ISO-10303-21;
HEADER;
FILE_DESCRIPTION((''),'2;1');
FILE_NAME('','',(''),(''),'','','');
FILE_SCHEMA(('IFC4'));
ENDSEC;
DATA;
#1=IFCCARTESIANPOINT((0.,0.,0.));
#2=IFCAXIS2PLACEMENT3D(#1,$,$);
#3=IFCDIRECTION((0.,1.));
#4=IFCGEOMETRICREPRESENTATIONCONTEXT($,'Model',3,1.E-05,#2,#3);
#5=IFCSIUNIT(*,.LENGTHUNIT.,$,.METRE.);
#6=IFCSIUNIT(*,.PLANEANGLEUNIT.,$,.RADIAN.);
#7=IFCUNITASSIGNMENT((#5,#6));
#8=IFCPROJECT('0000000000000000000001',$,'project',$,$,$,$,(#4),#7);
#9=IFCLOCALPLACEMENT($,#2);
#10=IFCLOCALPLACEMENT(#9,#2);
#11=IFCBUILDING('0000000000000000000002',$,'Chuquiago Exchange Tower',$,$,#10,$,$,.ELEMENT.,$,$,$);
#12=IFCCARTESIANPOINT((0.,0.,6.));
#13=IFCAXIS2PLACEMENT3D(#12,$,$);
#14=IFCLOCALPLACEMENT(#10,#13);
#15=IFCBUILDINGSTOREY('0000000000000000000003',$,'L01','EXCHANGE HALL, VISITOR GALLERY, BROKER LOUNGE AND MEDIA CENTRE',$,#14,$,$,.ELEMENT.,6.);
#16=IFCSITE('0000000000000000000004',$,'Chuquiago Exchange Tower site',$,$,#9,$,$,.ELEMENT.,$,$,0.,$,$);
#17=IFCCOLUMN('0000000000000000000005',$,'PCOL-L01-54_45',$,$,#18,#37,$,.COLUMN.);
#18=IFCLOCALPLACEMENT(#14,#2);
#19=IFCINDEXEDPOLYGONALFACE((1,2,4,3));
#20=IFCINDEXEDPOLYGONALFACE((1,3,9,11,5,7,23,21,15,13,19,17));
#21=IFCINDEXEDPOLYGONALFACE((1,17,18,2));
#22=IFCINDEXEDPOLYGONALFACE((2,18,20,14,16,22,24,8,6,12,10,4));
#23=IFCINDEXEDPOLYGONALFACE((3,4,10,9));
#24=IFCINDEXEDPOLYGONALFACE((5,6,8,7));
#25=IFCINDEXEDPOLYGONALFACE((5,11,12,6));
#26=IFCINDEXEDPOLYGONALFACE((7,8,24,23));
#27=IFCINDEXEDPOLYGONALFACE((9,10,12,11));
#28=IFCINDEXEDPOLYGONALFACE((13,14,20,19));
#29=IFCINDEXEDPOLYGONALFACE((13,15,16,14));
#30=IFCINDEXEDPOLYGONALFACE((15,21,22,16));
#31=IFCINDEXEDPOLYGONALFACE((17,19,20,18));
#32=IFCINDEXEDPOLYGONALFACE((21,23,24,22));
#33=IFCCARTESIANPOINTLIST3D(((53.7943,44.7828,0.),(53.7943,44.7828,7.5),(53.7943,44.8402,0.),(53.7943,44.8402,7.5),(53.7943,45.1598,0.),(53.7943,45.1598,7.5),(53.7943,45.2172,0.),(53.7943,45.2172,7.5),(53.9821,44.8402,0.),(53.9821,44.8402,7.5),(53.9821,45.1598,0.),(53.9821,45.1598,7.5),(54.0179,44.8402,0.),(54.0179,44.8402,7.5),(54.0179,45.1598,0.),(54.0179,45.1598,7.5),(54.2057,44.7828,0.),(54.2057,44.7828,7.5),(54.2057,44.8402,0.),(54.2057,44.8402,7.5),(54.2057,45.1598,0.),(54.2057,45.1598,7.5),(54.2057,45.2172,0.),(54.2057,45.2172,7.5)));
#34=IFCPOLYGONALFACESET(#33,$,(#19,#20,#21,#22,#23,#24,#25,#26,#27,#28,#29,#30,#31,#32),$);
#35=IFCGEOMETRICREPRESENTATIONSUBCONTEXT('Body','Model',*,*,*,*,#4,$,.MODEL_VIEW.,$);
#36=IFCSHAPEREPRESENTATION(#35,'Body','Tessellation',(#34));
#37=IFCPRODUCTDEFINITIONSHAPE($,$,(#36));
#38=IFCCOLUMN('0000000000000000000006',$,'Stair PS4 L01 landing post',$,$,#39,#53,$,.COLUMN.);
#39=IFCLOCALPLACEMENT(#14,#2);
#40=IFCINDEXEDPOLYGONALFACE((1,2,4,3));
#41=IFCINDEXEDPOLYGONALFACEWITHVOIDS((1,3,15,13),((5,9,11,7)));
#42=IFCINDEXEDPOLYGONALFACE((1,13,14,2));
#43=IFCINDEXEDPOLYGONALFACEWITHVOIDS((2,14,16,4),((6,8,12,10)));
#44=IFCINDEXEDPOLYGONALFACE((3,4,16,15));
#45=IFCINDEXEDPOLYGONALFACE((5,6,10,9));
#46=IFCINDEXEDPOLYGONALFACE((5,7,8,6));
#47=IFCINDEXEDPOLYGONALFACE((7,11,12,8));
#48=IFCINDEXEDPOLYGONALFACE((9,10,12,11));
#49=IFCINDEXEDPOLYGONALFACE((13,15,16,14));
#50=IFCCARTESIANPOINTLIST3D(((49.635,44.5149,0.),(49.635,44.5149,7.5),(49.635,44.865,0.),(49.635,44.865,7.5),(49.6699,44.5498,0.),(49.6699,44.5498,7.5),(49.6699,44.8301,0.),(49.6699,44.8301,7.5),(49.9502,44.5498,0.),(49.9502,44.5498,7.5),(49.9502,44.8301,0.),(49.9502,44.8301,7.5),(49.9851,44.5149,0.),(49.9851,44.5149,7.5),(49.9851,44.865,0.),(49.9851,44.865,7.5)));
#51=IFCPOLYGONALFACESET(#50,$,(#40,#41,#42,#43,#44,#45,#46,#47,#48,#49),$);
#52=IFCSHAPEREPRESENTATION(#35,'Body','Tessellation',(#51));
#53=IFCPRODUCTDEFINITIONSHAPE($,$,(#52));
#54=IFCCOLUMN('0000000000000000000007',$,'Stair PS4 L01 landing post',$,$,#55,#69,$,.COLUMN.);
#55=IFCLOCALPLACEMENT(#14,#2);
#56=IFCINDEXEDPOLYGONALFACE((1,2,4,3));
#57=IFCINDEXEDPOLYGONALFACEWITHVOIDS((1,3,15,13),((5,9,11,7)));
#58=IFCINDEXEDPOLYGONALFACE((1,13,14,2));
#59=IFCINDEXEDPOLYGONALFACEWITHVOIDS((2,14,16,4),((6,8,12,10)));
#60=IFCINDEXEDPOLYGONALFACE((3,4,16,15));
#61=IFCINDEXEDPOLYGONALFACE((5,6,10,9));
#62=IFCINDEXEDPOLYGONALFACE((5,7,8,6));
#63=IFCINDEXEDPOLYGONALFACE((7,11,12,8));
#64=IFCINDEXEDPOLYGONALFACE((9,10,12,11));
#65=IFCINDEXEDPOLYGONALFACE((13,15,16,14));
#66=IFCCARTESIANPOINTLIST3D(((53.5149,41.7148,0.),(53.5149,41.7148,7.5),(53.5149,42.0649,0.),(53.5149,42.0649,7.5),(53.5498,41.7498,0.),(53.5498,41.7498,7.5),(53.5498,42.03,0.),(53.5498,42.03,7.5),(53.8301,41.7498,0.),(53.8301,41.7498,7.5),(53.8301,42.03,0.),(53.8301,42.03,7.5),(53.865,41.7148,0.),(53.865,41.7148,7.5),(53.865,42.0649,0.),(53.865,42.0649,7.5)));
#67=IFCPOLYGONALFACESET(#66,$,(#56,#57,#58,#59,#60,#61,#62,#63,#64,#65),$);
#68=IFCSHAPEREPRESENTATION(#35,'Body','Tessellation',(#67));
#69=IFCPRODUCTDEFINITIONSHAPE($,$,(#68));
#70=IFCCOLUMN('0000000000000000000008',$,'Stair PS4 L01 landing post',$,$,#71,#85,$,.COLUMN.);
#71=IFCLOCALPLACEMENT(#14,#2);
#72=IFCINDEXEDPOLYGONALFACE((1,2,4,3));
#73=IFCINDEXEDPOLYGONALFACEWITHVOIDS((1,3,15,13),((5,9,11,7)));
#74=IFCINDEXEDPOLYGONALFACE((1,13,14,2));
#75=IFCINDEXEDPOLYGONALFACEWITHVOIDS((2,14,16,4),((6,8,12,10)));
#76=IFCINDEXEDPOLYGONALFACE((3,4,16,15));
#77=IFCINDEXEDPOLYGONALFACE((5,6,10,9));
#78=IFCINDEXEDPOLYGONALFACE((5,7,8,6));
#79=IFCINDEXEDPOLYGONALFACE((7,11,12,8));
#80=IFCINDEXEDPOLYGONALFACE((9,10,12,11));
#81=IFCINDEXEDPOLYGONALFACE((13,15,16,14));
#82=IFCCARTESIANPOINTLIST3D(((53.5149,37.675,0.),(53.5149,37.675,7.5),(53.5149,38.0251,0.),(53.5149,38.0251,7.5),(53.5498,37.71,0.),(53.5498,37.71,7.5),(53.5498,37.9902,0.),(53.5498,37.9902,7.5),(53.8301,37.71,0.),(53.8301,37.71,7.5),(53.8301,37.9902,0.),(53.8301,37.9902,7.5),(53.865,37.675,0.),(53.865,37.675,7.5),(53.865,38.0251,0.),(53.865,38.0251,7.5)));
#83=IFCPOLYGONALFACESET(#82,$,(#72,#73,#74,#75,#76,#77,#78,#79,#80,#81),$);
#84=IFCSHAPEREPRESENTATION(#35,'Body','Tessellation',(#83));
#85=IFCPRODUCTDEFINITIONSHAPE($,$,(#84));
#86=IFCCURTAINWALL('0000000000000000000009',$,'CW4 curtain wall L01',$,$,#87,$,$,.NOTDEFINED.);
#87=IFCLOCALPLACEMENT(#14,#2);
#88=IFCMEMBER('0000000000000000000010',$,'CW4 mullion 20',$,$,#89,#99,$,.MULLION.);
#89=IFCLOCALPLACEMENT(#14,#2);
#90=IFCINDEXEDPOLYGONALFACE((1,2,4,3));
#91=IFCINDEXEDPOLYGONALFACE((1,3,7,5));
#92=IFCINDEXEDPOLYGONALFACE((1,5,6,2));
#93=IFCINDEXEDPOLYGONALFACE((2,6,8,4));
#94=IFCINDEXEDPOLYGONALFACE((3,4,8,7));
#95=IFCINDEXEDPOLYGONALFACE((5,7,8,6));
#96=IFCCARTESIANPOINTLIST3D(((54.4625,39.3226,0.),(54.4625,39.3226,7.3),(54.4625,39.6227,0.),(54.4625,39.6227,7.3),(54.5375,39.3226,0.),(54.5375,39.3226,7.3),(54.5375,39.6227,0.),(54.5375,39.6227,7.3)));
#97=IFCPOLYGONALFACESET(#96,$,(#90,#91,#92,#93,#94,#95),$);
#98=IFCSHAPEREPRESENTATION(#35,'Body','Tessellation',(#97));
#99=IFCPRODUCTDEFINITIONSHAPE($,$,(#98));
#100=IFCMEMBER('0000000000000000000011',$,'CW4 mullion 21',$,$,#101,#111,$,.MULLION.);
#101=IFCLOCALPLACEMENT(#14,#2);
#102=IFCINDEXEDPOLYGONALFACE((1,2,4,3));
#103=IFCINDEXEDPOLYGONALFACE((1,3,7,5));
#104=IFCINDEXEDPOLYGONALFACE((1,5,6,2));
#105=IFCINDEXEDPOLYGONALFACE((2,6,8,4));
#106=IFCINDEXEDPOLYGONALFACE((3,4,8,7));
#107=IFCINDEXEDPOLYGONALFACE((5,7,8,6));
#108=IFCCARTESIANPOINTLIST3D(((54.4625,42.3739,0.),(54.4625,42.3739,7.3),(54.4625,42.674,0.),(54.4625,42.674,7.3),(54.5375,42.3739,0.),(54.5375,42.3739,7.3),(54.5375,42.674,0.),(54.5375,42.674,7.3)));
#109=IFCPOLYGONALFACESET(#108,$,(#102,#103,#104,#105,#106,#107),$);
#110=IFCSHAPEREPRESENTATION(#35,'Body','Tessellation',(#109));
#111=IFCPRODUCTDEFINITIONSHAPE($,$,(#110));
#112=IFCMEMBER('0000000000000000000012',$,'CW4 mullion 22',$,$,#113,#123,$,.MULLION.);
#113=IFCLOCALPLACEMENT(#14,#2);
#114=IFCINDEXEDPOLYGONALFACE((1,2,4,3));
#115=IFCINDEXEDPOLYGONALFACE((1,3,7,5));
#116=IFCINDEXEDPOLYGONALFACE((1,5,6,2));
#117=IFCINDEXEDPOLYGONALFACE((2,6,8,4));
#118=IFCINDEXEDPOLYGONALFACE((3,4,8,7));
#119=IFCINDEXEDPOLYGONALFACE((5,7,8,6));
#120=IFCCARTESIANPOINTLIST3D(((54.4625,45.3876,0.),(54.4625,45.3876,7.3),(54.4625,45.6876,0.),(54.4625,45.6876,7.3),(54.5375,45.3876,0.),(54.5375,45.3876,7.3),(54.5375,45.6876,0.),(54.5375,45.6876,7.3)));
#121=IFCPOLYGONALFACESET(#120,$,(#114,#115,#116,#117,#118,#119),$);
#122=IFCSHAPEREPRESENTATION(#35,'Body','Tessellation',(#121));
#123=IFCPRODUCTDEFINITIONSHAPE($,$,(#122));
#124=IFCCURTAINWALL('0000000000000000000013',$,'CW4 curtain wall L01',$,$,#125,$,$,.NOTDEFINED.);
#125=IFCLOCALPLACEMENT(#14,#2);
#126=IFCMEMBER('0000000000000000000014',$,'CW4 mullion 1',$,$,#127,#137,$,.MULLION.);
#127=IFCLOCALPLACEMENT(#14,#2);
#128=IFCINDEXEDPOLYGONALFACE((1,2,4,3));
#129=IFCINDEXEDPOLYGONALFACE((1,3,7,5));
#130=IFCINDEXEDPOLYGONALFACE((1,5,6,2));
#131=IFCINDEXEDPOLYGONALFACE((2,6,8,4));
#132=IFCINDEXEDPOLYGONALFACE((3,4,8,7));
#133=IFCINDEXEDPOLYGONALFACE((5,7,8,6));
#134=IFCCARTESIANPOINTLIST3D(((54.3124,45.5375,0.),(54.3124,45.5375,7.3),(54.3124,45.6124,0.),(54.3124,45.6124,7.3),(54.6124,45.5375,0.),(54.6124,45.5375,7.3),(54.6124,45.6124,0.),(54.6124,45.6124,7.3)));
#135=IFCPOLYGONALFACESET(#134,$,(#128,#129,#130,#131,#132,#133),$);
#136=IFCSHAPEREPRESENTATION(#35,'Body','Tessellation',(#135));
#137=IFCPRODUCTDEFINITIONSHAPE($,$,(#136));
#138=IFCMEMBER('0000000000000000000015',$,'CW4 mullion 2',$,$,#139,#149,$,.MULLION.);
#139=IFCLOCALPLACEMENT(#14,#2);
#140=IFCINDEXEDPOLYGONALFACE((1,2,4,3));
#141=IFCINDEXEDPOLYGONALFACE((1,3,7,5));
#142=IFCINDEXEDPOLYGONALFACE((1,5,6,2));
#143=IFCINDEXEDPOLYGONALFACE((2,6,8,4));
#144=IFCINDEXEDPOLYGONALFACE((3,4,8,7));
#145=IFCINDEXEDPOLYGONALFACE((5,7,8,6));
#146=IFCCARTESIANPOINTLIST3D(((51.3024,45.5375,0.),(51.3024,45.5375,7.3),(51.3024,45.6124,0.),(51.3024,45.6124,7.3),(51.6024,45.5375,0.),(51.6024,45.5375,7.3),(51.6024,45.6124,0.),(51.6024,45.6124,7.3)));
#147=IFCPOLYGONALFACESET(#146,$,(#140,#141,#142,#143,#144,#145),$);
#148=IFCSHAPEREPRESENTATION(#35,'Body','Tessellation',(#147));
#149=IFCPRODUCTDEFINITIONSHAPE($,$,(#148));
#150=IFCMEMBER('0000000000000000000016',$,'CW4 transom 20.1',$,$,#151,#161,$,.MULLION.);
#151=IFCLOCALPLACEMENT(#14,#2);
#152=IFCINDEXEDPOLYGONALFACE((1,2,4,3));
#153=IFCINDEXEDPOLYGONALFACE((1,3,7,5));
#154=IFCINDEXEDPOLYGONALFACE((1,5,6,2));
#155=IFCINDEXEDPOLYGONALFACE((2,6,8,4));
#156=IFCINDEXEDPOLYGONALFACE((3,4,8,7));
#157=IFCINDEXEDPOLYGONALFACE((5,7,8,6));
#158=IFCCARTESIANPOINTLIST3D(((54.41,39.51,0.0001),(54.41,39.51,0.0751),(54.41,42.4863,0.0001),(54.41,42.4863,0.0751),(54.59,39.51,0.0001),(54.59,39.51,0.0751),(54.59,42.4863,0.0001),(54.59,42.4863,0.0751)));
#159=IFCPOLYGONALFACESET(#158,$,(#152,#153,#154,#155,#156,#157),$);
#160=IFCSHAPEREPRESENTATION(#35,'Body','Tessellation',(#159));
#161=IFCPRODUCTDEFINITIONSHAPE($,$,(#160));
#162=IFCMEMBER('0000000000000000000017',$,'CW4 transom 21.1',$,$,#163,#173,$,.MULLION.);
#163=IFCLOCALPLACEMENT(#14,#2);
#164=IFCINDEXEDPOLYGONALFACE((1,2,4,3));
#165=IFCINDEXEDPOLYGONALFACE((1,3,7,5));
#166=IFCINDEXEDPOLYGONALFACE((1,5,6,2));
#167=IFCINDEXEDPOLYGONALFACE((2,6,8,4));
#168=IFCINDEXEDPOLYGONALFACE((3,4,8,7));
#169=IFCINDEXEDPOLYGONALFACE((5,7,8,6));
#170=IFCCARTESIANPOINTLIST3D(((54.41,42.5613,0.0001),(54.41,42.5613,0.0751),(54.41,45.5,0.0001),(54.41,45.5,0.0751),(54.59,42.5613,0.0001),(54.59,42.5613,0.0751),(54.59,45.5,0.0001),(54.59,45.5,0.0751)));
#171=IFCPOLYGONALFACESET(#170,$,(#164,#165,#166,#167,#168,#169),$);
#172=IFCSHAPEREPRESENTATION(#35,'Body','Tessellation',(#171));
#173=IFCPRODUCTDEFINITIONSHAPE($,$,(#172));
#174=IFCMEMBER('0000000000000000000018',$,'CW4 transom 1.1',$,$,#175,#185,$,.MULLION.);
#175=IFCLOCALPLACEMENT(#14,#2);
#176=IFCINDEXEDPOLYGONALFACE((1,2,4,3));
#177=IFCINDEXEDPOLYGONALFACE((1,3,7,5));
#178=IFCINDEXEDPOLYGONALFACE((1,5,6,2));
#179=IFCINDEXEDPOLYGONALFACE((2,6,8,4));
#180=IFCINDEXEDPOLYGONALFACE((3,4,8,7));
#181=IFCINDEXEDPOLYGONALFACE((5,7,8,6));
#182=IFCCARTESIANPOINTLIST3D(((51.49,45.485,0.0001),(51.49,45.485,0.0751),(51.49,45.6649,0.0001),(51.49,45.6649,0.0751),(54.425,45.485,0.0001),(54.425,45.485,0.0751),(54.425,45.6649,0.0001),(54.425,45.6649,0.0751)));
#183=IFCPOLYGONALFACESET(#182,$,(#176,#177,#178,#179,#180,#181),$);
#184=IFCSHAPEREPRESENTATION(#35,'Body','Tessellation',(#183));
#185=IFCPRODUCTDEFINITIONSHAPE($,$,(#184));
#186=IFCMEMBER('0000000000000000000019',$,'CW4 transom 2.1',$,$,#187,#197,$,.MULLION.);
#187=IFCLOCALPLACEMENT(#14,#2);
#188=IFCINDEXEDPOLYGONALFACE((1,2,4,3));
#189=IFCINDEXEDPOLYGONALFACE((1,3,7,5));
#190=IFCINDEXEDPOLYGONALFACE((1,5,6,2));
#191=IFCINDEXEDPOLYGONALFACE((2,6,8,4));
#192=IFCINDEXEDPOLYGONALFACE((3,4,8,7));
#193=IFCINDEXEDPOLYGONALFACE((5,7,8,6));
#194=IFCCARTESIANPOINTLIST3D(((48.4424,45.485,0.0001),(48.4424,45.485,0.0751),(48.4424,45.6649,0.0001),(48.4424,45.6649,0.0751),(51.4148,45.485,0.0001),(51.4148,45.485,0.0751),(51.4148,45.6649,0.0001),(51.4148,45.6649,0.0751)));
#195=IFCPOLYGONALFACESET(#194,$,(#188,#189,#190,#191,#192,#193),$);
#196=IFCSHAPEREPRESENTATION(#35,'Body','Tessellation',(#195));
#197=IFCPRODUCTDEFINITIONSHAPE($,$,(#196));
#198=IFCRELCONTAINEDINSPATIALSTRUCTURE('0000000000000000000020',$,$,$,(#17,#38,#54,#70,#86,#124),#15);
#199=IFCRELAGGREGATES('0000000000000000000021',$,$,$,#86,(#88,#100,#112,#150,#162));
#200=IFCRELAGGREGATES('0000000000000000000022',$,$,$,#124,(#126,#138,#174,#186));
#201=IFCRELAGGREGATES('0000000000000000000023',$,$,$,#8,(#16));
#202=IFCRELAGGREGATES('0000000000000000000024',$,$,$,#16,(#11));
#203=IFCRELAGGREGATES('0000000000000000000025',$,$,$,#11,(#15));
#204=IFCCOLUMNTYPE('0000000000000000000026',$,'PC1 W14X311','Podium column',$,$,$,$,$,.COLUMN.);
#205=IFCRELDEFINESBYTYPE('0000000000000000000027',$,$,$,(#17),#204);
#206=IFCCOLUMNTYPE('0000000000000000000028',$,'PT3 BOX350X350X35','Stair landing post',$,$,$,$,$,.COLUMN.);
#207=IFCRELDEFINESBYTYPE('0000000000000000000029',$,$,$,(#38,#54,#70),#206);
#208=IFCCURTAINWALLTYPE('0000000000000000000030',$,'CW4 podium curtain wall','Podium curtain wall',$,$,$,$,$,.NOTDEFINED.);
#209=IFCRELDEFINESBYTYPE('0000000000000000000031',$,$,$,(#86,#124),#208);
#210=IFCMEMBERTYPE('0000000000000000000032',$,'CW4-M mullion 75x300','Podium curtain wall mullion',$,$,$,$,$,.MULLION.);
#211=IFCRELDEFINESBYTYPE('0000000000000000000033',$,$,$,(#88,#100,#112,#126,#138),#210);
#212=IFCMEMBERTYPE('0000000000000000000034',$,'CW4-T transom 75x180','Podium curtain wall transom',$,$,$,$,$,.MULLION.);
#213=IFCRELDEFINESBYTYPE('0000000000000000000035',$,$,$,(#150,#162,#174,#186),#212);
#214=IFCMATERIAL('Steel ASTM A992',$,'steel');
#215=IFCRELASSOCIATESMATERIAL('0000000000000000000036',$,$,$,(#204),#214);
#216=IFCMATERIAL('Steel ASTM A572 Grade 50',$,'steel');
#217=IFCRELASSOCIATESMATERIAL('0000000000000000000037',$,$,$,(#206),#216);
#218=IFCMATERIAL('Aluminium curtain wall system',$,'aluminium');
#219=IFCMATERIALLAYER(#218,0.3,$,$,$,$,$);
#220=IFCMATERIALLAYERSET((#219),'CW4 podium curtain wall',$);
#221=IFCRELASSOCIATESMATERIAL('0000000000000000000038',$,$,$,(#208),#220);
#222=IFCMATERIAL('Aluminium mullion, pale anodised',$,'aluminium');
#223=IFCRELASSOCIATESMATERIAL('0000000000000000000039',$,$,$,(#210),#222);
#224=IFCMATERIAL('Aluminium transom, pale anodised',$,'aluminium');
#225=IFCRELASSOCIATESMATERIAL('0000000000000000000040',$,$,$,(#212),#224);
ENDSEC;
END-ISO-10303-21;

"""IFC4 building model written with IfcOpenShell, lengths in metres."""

from ifc_helpers import new_model, si_unit, direction, frame, origin, origin_2d, place, context, subcontext, project, spatial, rectangle, hollow_rectangle, i_section, extrude, material, layer, layer_set, material_profile, profile_set, type_object, element, aggregate, save


model = new_model("IFC4")

# Units and contexts
model_context = context("Model", 3, precision=1e-05, world=origin(), true_north=direction((0.0, 1.0)))
body_context = subcontext(model_context, "Body", "Model", "MODEL_VIEW")
ifc_project = project(units=[si_unit("LENGTHUNIT", "METRE"), si_unit("PLANEANGLEUNIT", "RADIAN")], contexts=[model_context])

# Site, building, storey
site_placement = place(None, origin())
site = spatial("IfcSite", under=ifc_project, at=site_placement, Name="Chuquiago Exchange Tower site", CompositionType="ELEMENT", RefElevation=0.0)
building_placement = place(site_placement, origin())
building = spatial("IfcBuilding", under=site, at=building_placement, Name="Chuquiago Exchange Tower", CompositionType="ELEMENT")
storey_placement = place(building_placement, frame((0.0, 0.0, 6.0)))
storey = spatial("IfcBuildingStorey", under=building, at=storey_placement, Name="L01", Description="EXCHANGE HALL, VISITOR GALLERY, BROKER LOUNGE AND MEDIA CENTRE", CompositionType="ELEMENT", Elevation=6.0)

# Columns
ifc_material_1 = material(Name="Steel ASTM A992", Category="steel")
ifc_material_profile_1 = material_profile(ifc_material_1, i_section(OverallWidth=0.4114, OverallDepth=0.4343, WebThickness=0.0359, FlangeThickness=0.0574, at=origin_2d()), Name="W14X311")
ifc_profile_set_1 = profile_set([ifc_material_profile_1], Name="Steel ASTM A992")
column_type_1 = type_object("IfcColumnType", Name="PC1 W14X311", Description="Podium column", PredefinedType="COLUMN", material=ifc_profile_set_1)
column_placement = place(storey_placement, frame((54.0, 45.0, 0.0), z_axis=(0.0, 0.0, 1.0), x_axis=(1.0, 0.0, 0.0)))
element("IfcColumn", 1, at=column_placement, inside=storey, type_object=column_type_1, Name="PCOL-L01-54_45", PredefinedType="COLUMN", context=body_context, shape_type="SweptSolid", body=[
    extrude(i_section(OverallWidth=0.4114, OverallDepth=0.4343, WebThickness=0.0359, FlangeThickness=0.0574, at=origin_2d()), origin(), (0.0, 0.0, 1.0), 7.5),
])
ifc_material_2 = material(Name="Steel ASTM A572 Grade 50", Category="steel")
ifc_material_profile_2 = material_profile(ifc_material_2, hollow_rectangle(XDim=0.3501, YDim=0.3501, WallThickness=0.0349, at=origin_2d()), Name="BOX350X350X35")
ifc_profile_set_2 = profile_set([ifc_material_profile_2], Name="Steel ASTM A572 Grade 50")
column_type_2 = type_object("IfcColumnType", Name="PT3 BOX350X350X35", Description="Stair landing post", PredefinedType="COLUMN", material=ifc_profile_set_2)
for number, where, z_axis, x_axis, name in (
    (2, (49.8101, 44.6899, 0.0), (0.0, 0.0, 1.0), (1.0, 0.0, 0.0), "Stair PS4 L01 landing post"),
    (3, (53.6899, 41.8899, 0.0), (0.0, 0.0, 1.0), (1.0, 0.0, 0.0), "Stair PS4 L01 landing post"),
    (4, (53.6899, 37.8501, 0.0), (0.0, 0.0, 1.0), (1.0, 0.0, 0.0), "Stair PS4 L01 landing post"),
):
    element("IfcColumn", number, at=place(storey_placement, frame(where, z_axis=z_axis, x_axis=x_axis)), inside=storey, type_object=column_type_2, Name=name, PredefinedType="COLUMN", context=body_context, shape_type="SweptSolid", body=[
        extrude(hollow_rectangle(XDim=0.3501, YDim=0.3501, WallThickness=0.0349, at=origin_2d()), origin(), (0.0, 0.0, 1.0), 7.5),
    ])

# Curtain walls, members
ifc_material_3 = material(Name="Aluminium curtain wall system", Category="aluminium")
ifc_layer_1 = layer(ifc_material_3, 0.3)
ifc_layer_set_1 = layer_set([ifc_layer_1], Name="CW4 podium curtain wall")
curtain_wall_type = type_object("IfcCurtainWallType", Name="CW4 podium curtain wall", Description="Podium curtain wall", PredefinedType="NOTDEFINED", material=ifc_layer_set_1)
curtain_wall_1_placement = place(storey_placement, origin())
curtain_wall_1 = element("IfcCurtainWall", 5, at=curtain_wall_1_placement, inside=storey, type_object=curtain_wall_type, Name="CW4 curtain wall L01", PredefinedType="NOTDEFINED")
ifc_material_4 = material(Name="Aluminium mullion, pale anodised", Category="aluminium")
ifc_material_profile_3 = material_profile(ifc_material_4, rectangle(XDim=0.075, YDim=0.3, at=origin_2d()), Name="AL 75x300")
ifc_profile_set_3 = profile_set([ifc_material_profile_3], Name="Aluminium mullion, pale anodised")
member_type_1 = type_object("IfcMemberType", Name="CW4-M mullion 75x300", Description="Podium curtain wall mullion", PredefinedType="MULLION", material=ifc_profile_set_3)
member_1_placement = place(storey_placement, frame((54.5, 39.4727, 0.0), z_axis=(0.0, 0.0, 1.0), x_axis=(-1.0, 0.0, 0.0)))
member_1 = element("IfcMember", 6, at=member_1_placement, type_object=member_type_1, Name="CW4 mullion 20", PredefinedType="MULLION", context=body_context, shape_type="SweptSolid", body=[
    extrude(rectangle(XDim=0.075, YDim=0.3, at=origin_2d()), origin(), (0.0, 0.0, 1.0), 7.3),
])
member_2_placement = place(storey_placement, frame((54.5, 42.5239, 0.0), z_axis=(0.0, 0.0, 1.0), x_axis=(-1.0, 0.0, 0.0)))
member_2 = element("IfcMember", 7, at=member_2_placement, type_object=member_type_1, Name="CW4 mullion 21", PredefinedType="MULLION", context=body_context, shape_type="SweptSolid", body=[
    extrude(rectangle(XDim=0.075, YDim=0.3, at=origin_2d()), origin(), (0.0, 0.0, 1.0), 7.3),
])
member_3_placement = place(storey_placement, frame((54.5, 45.5376, 0.0), z_axis=(0.0, 0.0, 1.0), x_axis=(-1.0, 0.0, 0.0)))
member_3 = element("IfcMember", 8, at=member_3_placement, type_object=member_type_1, Name="CW4 mullion 22", PredefinedType="MULLION", context=body_context, shape_type="SweptSolid", body=[
    extrude(rectangle(XDim=0.075, YDim=0.3, at=origin_2d()), origin(), (0.0, 0.0, 1.0), 7.3),
])
curtain_wall_2_placement = place(storey_placement, origin())
curtain_wall_2 = element("IfcCurtainWall", 9, at=curtain_wall_2_placement, inside=storey, type_object=curtain_wall_type, Name="CW4 curtain wall L01", PredefinedType="NOTDEFINED")
member_4_placement = place(storey_placement, frame((54.4624, 45.575, 0.0), z_axis=(0.0, 0.0, 1.0), x_axis=(0.0, -1.0, 0.0)))
member_4 = element("IfcMember", 10, at=member_4_placement, type_object=member_type_1, Name="CW4 mullion 1", PredefinedType="MULLION", context=body_context, shape_type="SweptSolid", body=[
    extrude(rectangle(XDim=0.075, YDim=0.3, at=origin_2d()), origin(), (0.0, 0.0, 1.0), 7.3),
])
member_5_placement = place(storey_placement, frame((51.4524, 45.575, 0.0), z_axis=(0.0, 0.0, 1.0), x_axis=(0.0, -1.0, 0.0)))
member_5 = element("IfcMember", 11, at=member_5_placement, type_object=member_type_1, Name="CW4 mullion 2", PredefinedType="MULLION", context=body_context, shape_type="SweptSolid", body=[
    extrude(rectangle(XDim=0.075, YDim=0.3, at=origin_2d()), origin(), (0.0, 0.0, 1.0), 7.3),
])

# Members
ifc_material_5 = material(Name="Aluminium transom, pale anodised", Category="aluminium")
ifc_material_profile_4 = material_profile(ifc_material_5, rectangle(XDim=0.1799, YDim=0.075, at=origin_2d()), Name="AL 180x75")
ifc_profile_set_4 = profile_set([ifc_material_profile_4], Name="Aluminium transom, pale anodised")
member_type_2 = type_object("IfcMemberType", Name="CW4-T transom 75x180", Description="Podium curtain wall transom", PredefinedType="MULLION", material=ifc_profile_set_4)
member_6_placement = place(storey_placement, frame((54.5, 39.51, 0.0376), z_axis=(0.0, 1.0, 0.0), x_axis=(-1.0, 0.0, 0.0)))
member_6 = element("IfcMember", 12, at=member_6_placement, type_object=member_type_2, Name="CW4 transom 20.1", PredefinedType="MULLION", context=body_context, shape_type="SweptSolid", body=[
    extrude(rectangle(XDim=0.1799, YDim=0.075, at=origin_2d()), origin(), (0.0, 0.0, 1.0), 2.9763),
])
member_7_placement = place(storey_placement, frame((54.5, 42.5613, 0.0376), z_axis=(0.0, 1.0, 0.0), x_axis=(-1.0, 0.0, 0.0)))
member_7 = element("IfcMember", 13, at=member_7_placement, type_object=member_type_2, Name="CW4 transom 21.1", PredefinedType="MULLION", context=body_context, shape_type="SweptSolid", body=[
    extrude(rectangle(XDim=0.1799, YDim=0.075, at=origin_2d()), origin(), (0.0, 0.0, 1.0), 2.9387),
])
member_8_placement = place(storey_placement, frame((54.425, 45.575, 0.0376), z_axis=(-1.0, 0.0, 0.0), x_axis=(0.0, -1.0, 0.0)))
member_8 = element("IfcMember", 14, at=member_8_placement, type_object=member_type_2, Name="CW4 transom 1.1", PredefinedType="MULLION", context=body_context, shape_type="SweptSolid", body=[
    extrude(rectangle(XDim=0.1799, YDim=0.075, at=origin_2d()), origin(), (0.0, 0.0, 1.0), 2.9351),
])
member_9_placement = place(storey_placement, frame((51.4148, 45.575, 0.0376), z_axis=(-1.0, 0.0, 0.0), x_axis=(0.0, -1.0, 0.0)))
member_9 = element("IfcMember", 15, at=member_9_placement, type_object=member_type_2, Name="CW4 transom 2.1", PredefinedType="MULLION", context=body_context, shape_type="SweptSolid", body=[
    extrude(rectangle(XDim=0.1799, YDim=0.075, at=origin_2d()), origin(), (0.0, 0.0, 1.0), 2.9724),
])

aggregate(curtain_wall_1, [member_1, member_2, member_3, member_6, member_7])
aggregate(curtain_wall_2, [member_4, member_5, member_8, member_9])

save(model, "model.ifc")
